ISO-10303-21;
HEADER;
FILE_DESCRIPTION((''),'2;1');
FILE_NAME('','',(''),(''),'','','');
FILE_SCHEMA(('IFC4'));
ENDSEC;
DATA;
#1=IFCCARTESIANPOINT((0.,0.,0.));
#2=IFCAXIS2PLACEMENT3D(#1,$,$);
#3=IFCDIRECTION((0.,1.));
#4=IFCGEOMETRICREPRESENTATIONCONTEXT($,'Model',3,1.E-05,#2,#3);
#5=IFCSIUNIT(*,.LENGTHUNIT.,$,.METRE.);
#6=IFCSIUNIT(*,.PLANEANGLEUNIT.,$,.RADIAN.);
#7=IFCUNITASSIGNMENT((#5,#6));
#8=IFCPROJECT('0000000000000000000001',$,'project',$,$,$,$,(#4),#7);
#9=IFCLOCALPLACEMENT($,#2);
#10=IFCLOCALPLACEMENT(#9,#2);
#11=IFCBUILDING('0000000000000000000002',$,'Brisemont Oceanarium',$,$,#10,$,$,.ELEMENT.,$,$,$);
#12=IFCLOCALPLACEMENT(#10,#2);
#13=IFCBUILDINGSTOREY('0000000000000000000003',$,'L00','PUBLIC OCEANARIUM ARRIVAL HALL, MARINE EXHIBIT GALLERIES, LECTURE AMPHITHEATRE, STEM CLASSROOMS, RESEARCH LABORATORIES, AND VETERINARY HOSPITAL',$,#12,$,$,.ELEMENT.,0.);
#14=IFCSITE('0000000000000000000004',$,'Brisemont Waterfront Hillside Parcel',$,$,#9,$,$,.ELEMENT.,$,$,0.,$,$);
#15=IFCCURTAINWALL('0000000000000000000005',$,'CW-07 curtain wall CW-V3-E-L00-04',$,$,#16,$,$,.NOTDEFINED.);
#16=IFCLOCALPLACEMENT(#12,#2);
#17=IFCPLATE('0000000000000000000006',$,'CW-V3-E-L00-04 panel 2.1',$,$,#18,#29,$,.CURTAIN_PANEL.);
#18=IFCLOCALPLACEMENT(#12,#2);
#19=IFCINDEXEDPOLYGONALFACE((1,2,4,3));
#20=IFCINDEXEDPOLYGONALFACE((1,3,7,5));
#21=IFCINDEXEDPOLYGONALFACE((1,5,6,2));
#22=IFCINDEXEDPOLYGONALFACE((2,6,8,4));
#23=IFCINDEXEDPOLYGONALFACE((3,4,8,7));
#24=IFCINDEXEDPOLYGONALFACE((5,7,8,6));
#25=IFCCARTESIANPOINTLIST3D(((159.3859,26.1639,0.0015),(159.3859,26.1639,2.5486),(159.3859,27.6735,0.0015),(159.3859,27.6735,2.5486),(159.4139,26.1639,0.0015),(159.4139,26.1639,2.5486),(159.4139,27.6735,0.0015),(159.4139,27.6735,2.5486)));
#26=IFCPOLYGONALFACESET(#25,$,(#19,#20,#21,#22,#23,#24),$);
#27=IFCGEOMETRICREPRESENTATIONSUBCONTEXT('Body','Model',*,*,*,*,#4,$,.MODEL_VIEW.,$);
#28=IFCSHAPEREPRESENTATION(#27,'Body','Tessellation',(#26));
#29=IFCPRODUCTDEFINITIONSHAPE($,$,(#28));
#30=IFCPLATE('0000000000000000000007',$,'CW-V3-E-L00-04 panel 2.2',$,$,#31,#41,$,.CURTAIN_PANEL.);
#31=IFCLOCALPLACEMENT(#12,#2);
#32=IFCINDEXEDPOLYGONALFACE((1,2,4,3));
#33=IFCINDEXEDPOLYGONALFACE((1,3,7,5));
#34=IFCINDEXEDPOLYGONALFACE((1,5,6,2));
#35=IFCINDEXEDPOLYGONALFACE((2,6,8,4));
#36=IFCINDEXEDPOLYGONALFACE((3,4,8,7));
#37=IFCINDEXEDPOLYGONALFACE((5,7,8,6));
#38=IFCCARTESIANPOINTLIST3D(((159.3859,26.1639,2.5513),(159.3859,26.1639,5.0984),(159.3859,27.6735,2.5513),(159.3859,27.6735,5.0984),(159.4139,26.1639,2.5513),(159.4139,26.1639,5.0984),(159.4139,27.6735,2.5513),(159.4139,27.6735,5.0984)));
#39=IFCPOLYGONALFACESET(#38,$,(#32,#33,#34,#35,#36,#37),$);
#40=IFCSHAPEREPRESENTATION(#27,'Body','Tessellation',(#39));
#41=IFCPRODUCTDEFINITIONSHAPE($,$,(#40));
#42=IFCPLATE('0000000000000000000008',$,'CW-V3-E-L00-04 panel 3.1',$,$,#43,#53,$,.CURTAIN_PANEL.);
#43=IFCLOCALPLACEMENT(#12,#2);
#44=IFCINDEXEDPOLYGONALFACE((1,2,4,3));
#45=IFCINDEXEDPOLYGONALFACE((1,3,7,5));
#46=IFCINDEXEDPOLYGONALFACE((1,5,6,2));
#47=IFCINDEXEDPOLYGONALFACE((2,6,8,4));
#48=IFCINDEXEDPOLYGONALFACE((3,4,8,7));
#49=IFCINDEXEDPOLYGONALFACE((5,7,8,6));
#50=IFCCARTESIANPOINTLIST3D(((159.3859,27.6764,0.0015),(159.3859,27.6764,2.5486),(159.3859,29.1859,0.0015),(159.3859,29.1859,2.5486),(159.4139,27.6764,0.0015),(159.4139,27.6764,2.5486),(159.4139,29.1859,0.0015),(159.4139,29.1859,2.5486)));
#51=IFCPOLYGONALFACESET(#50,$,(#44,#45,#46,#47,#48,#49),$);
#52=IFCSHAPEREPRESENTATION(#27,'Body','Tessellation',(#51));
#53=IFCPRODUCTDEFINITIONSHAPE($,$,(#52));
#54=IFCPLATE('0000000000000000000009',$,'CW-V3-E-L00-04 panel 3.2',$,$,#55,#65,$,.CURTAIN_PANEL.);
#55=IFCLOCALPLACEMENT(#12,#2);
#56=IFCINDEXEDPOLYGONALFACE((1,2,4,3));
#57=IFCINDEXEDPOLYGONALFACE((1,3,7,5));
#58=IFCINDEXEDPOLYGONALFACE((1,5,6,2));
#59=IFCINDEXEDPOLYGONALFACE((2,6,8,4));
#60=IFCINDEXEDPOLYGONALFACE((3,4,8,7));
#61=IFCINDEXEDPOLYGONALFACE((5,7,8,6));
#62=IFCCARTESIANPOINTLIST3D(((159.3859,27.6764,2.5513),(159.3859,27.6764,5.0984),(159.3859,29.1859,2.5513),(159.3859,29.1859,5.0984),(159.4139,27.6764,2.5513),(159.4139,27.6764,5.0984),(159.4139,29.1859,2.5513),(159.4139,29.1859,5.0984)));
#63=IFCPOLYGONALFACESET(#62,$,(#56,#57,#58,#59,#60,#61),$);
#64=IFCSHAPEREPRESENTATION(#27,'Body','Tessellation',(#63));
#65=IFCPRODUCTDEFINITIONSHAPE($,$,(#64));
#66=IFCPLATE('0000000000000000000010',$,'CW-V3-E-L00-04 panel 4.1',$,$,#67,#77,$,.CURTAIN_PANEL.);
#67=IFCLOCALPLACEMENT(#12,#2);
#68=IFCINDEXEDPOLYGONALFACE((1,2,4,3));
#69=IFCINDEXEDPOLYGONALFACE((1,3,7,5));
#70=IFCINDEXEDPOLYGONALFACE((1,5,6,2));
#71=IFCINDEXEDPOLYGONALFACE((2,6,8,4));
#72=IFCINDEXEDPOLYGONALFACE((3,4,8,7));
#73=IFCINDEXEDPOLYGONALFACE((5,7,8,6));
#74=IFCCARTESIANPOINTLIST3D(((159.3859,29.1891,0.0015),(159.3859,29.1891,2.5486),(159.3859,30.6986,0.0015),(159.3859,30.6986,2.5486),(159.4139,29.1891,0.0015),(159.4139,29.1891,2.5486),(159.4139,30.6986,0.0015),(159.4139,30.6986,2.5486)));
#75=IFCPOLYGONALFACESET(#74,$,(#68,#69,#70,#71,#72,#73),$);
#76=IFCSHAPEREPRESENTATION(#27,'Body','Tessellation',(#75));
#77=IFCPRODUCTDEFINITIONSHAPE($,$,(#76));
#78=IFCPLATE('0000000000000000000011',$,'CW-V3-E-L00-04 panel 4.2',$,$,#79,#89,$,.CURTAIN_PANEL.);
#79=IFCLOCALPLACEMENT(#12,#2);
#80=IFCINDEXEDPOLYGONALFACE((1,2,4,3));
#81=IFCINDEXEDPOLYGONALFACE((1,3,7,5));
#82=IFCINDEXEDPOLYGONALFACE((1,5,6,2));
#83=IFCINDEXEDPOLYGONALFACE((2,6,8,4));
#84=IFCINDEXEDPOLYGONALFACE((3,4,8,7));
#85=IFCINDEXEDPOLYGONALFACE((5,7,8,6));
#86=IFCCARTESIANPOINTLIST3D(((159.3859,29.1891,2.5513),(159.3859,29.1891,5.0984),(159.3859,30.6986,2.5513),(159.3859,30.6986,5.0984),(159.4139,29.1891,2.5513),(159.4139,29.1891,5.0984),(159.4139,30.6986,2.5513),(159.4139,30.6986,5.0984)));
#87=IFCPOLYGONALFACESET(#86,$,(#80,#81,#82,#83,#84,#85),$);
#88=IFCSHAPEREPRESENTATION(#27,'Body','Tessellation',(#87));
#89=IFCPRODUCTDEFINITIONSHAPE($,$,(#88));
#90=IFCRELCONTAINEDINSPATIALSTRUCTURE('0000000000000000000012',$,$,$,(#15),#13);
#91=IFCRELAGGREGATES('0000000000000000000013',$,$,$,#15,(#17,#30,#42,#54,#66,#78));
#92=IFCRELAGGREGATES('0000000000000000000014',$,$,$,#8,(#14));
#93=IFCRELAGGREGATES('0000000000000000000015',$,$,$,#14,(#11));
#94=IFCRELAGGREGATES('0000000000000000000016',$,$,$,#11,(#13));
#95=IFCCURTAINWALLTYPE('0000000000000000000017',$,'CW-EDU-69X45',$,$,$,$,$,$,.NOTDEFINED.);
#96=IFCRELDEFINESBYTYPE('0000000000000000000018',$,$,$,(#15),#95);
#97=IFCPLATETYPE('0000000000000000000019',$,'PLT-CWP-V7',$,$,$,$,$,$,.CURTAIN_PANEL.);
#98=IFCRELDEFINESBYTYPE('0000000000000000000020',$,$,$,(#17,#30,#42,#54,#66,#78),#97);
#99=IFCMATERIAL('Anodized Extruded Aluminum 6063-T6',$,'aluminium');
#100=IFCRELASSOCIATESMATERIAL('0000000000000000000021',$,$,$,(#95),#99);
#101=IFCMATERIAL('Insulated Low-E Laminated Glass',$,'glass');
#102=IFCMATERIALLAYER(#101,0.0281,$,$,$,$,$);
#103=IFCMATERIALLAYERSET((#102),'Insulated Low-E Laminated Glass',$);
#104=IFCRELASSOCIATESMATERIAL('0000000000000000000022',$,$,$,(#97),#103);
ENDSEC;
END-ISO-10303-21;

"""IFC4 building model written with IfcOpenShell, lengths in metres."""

from ifc_helpers import new_model, si_unit, direction, frame, origin, origin_2d, place, context, subcontext, project, spatial, rectangle, extrude, material, layer, layer_set, type_object, element, aggregate, save


model = new_model("IFC4")

# Units and contexts
model_context = context("Model", 3, precision=1e-05, world=origin(), true_north=direction((0.0, 1.0)))
body_context = subcontext(model_context, "Body", "Model", "MODEL_VIEW")
ifc_project = project(units=[si_unit("LENGTHUNIT", "METRE"), si_unit("PLANEANGLEUNIT", "RADIAN")], contexts=[model_context])

# Site, building, storey
site_placement = place(None, origin())
site = spatial("IfcSite", under=ifc_project, at=site_placement, Name="Brisemont Waterfront Hillside Parcel", CompositionType="ELEMENT", RefElevation=0.0)
building_placement = place(site_placement, origin())
building = spatial("IfcBuilding", under=site, at=building_placement, Name="Brisemont Oceanarium", CompositionType="ELEMENT")
storey_placement = place(building_placement, origin())
storey = spatial("IfcBuildingStorey", under=building, at=storey_placement, Name="L00", Description="PUBLIC OCEANARIUM ARRIVAL HALL, MARINE EXHIBIT GALLERIES, LECTURE AMPHITHEATRE, STEM CLASSROOMS, RESEARCH LABORATORIES, AND VETERINARY HOSPITAL", CompositionType="ELEMENT", Elevation=0.0)

# Curtain wall
ifc_material_1 = material(Name="Anodized Extruded Aluminum 6063-T6", Category="aluminium")
curtain_wall_type = type_object("IfcCurtainWallType", Name="CW-EDU-69X45", PredefinedType="NOTDEFINED", material=ifc_material_1)
curtain_wall_1_placement = place(storey_placement, origin())
curtain_wall_1 = element("IfcCurtainWall", 1, at=curtain_wall_1_placement, inside=storey, type_object=curtain_wall_type, Name="CW-07 curtain wall CW-V3-E-L00-04", PredefinedType="NOTDEFINED")

# Plates
ifc_material_2 = material(Name="Insulated Low-E Laminated Glass", Category="glass")
ifc_layer = layer(ifc_material_2, 0.0281)
ifc_layer_set = layer_set([ifc_layer], Name="Insulated Low-E Laminated Glass")
plate_type = type_object("IfcPlateType", Name="PLT-CWP-V7", PredefinedType="CURTAIN_PANEL", material=ifc_layer_set)
plate_1_placement = place(storey_placement, frame((159.3999, 26.9187, 0.0015), z_axis=(0.0, 0.0, 1.0), x_axis=(0.0, 1.0, 0.0)))
plate_1 = element("IfcPlate", 2, at=plate_1_placement, type_object=plate_type, Name="CW-V3-E-L00-04 panel 2.1", PredefinedType="CURTAIN_PANEL", context=body_context, shape_type="SweptSolid", body=[
    extrude(rectangle(XDim=1.5095, YDim=0.0281, at=origin_2d()), origin(), (0.0, 0.0, 1.0), 2.5471),
])
plate_2_placement = place(storey_placement, frame((159.3999, 26.9187, 2.5513), z_axis=(0.0, 0.0, 1.0), x_axis=(0.0, 1.0, 0.0)))
plate_2 = element("IfcPlate", 3, at=plate_2_placement, type_object=plate_type, Name="CW-V3-E-L00-04 panel 2.2", PredefinedType="CURTAIN_PANEL", context=body_context, shape_type="SweptSolid", body=[
    extrude(rectangle(XDim=1.5095, YDim=0.0281, at=origin_2d()), origin(), (0.0, 0.0, 1.0), 2.5471),
])
plate_3_placement = place(storey_placement, frame((159.3999, 28.4312, 0.0015), z_axis=(0.0, 0.0, 1.0), x_axis=(0.0, 1.0, 0.0)))
plate_3 = element("IfcPlate", 4, at=plate_3_placement, type_object=plate_type, Name="CW-V3-E-L00-04 panel 3.1", PredefinedType="CURTAIN_PANEL", context=body_context, shape_type="SweptSolid", body=[
    extrude(rectangle(XDim=1.5095, YDim=0.0281, at=origin_2d()), origin(), (0.0, 0.0, 1.0), 2.5471),
])
plate_4_placement = place(storey_placement, frame((159.3999, 28.4312, 2.5513), z_axis=(0.0, 0.0, 1.0), x_axis=(0.0, 1.0, 0.0)))
plate_4 = element("IfcPlate", 5, at=plate_4_placement, type_object=plate_type, Name="CW-V3-E-L00-04 panel 3.2", PredefinedType="CURTAIN_PANEL", context=body_context, shape_type="SweptSolid", body=[
    extrude(rectangle(XDim=1.5095, YDim=0.0281, at=origin_2d()), origin(), (0.0, 0.0, 1.0), 2.5471),
])
plate_5_placement = place(storey_placement, frame((159.3999, 29.9438, 0.0015), z_axis=(0.0, 0.0, 1.0), x_axis=(0.0, 1.0, 0.0)))
plate_5 = element("IfcPlate", 6, at=plate_5_placement, type_object=plate_type, Name="CW-V3-E-L00-04 panel 4.1", PredefinedType="CURTAIN_PANEL", context=body_context, shape_type="SweptSolid", body=[
    extrude(rectangle(XDim=1.5095, YDim=0.0281, at=origin_2d()), origin(), (0.0, 0.0, 1.0), 2.5471),
])
plate_6_placement = place(storey_placement, frame((159.3999, 29.9438, 2.5513), z_axis=(0.0, 0.0, 1.0), x_axis=(0.0, 1.0, 0.0)))
plate_6 = element("IfcPlate", 7, at=plate_6_placement, type_object=plate_type, Name="CW-V3-E-L00-04 panel 4.2", PredefinedType="CURTAIN_PANEL", context=body_context, shape_type="SweptSolid", body=[
    extrude(rectangle(XDim=1.5095, YDim=0.0281, at=origin_2d()), origin(), (0.0, 0.0, 1.0), 2.5471),
])
aggregate(curtain_wall_1, [plate_1, plate_2, plate_3, plate_4, plate_5, plate_6])

save(model, "model.ifc")
